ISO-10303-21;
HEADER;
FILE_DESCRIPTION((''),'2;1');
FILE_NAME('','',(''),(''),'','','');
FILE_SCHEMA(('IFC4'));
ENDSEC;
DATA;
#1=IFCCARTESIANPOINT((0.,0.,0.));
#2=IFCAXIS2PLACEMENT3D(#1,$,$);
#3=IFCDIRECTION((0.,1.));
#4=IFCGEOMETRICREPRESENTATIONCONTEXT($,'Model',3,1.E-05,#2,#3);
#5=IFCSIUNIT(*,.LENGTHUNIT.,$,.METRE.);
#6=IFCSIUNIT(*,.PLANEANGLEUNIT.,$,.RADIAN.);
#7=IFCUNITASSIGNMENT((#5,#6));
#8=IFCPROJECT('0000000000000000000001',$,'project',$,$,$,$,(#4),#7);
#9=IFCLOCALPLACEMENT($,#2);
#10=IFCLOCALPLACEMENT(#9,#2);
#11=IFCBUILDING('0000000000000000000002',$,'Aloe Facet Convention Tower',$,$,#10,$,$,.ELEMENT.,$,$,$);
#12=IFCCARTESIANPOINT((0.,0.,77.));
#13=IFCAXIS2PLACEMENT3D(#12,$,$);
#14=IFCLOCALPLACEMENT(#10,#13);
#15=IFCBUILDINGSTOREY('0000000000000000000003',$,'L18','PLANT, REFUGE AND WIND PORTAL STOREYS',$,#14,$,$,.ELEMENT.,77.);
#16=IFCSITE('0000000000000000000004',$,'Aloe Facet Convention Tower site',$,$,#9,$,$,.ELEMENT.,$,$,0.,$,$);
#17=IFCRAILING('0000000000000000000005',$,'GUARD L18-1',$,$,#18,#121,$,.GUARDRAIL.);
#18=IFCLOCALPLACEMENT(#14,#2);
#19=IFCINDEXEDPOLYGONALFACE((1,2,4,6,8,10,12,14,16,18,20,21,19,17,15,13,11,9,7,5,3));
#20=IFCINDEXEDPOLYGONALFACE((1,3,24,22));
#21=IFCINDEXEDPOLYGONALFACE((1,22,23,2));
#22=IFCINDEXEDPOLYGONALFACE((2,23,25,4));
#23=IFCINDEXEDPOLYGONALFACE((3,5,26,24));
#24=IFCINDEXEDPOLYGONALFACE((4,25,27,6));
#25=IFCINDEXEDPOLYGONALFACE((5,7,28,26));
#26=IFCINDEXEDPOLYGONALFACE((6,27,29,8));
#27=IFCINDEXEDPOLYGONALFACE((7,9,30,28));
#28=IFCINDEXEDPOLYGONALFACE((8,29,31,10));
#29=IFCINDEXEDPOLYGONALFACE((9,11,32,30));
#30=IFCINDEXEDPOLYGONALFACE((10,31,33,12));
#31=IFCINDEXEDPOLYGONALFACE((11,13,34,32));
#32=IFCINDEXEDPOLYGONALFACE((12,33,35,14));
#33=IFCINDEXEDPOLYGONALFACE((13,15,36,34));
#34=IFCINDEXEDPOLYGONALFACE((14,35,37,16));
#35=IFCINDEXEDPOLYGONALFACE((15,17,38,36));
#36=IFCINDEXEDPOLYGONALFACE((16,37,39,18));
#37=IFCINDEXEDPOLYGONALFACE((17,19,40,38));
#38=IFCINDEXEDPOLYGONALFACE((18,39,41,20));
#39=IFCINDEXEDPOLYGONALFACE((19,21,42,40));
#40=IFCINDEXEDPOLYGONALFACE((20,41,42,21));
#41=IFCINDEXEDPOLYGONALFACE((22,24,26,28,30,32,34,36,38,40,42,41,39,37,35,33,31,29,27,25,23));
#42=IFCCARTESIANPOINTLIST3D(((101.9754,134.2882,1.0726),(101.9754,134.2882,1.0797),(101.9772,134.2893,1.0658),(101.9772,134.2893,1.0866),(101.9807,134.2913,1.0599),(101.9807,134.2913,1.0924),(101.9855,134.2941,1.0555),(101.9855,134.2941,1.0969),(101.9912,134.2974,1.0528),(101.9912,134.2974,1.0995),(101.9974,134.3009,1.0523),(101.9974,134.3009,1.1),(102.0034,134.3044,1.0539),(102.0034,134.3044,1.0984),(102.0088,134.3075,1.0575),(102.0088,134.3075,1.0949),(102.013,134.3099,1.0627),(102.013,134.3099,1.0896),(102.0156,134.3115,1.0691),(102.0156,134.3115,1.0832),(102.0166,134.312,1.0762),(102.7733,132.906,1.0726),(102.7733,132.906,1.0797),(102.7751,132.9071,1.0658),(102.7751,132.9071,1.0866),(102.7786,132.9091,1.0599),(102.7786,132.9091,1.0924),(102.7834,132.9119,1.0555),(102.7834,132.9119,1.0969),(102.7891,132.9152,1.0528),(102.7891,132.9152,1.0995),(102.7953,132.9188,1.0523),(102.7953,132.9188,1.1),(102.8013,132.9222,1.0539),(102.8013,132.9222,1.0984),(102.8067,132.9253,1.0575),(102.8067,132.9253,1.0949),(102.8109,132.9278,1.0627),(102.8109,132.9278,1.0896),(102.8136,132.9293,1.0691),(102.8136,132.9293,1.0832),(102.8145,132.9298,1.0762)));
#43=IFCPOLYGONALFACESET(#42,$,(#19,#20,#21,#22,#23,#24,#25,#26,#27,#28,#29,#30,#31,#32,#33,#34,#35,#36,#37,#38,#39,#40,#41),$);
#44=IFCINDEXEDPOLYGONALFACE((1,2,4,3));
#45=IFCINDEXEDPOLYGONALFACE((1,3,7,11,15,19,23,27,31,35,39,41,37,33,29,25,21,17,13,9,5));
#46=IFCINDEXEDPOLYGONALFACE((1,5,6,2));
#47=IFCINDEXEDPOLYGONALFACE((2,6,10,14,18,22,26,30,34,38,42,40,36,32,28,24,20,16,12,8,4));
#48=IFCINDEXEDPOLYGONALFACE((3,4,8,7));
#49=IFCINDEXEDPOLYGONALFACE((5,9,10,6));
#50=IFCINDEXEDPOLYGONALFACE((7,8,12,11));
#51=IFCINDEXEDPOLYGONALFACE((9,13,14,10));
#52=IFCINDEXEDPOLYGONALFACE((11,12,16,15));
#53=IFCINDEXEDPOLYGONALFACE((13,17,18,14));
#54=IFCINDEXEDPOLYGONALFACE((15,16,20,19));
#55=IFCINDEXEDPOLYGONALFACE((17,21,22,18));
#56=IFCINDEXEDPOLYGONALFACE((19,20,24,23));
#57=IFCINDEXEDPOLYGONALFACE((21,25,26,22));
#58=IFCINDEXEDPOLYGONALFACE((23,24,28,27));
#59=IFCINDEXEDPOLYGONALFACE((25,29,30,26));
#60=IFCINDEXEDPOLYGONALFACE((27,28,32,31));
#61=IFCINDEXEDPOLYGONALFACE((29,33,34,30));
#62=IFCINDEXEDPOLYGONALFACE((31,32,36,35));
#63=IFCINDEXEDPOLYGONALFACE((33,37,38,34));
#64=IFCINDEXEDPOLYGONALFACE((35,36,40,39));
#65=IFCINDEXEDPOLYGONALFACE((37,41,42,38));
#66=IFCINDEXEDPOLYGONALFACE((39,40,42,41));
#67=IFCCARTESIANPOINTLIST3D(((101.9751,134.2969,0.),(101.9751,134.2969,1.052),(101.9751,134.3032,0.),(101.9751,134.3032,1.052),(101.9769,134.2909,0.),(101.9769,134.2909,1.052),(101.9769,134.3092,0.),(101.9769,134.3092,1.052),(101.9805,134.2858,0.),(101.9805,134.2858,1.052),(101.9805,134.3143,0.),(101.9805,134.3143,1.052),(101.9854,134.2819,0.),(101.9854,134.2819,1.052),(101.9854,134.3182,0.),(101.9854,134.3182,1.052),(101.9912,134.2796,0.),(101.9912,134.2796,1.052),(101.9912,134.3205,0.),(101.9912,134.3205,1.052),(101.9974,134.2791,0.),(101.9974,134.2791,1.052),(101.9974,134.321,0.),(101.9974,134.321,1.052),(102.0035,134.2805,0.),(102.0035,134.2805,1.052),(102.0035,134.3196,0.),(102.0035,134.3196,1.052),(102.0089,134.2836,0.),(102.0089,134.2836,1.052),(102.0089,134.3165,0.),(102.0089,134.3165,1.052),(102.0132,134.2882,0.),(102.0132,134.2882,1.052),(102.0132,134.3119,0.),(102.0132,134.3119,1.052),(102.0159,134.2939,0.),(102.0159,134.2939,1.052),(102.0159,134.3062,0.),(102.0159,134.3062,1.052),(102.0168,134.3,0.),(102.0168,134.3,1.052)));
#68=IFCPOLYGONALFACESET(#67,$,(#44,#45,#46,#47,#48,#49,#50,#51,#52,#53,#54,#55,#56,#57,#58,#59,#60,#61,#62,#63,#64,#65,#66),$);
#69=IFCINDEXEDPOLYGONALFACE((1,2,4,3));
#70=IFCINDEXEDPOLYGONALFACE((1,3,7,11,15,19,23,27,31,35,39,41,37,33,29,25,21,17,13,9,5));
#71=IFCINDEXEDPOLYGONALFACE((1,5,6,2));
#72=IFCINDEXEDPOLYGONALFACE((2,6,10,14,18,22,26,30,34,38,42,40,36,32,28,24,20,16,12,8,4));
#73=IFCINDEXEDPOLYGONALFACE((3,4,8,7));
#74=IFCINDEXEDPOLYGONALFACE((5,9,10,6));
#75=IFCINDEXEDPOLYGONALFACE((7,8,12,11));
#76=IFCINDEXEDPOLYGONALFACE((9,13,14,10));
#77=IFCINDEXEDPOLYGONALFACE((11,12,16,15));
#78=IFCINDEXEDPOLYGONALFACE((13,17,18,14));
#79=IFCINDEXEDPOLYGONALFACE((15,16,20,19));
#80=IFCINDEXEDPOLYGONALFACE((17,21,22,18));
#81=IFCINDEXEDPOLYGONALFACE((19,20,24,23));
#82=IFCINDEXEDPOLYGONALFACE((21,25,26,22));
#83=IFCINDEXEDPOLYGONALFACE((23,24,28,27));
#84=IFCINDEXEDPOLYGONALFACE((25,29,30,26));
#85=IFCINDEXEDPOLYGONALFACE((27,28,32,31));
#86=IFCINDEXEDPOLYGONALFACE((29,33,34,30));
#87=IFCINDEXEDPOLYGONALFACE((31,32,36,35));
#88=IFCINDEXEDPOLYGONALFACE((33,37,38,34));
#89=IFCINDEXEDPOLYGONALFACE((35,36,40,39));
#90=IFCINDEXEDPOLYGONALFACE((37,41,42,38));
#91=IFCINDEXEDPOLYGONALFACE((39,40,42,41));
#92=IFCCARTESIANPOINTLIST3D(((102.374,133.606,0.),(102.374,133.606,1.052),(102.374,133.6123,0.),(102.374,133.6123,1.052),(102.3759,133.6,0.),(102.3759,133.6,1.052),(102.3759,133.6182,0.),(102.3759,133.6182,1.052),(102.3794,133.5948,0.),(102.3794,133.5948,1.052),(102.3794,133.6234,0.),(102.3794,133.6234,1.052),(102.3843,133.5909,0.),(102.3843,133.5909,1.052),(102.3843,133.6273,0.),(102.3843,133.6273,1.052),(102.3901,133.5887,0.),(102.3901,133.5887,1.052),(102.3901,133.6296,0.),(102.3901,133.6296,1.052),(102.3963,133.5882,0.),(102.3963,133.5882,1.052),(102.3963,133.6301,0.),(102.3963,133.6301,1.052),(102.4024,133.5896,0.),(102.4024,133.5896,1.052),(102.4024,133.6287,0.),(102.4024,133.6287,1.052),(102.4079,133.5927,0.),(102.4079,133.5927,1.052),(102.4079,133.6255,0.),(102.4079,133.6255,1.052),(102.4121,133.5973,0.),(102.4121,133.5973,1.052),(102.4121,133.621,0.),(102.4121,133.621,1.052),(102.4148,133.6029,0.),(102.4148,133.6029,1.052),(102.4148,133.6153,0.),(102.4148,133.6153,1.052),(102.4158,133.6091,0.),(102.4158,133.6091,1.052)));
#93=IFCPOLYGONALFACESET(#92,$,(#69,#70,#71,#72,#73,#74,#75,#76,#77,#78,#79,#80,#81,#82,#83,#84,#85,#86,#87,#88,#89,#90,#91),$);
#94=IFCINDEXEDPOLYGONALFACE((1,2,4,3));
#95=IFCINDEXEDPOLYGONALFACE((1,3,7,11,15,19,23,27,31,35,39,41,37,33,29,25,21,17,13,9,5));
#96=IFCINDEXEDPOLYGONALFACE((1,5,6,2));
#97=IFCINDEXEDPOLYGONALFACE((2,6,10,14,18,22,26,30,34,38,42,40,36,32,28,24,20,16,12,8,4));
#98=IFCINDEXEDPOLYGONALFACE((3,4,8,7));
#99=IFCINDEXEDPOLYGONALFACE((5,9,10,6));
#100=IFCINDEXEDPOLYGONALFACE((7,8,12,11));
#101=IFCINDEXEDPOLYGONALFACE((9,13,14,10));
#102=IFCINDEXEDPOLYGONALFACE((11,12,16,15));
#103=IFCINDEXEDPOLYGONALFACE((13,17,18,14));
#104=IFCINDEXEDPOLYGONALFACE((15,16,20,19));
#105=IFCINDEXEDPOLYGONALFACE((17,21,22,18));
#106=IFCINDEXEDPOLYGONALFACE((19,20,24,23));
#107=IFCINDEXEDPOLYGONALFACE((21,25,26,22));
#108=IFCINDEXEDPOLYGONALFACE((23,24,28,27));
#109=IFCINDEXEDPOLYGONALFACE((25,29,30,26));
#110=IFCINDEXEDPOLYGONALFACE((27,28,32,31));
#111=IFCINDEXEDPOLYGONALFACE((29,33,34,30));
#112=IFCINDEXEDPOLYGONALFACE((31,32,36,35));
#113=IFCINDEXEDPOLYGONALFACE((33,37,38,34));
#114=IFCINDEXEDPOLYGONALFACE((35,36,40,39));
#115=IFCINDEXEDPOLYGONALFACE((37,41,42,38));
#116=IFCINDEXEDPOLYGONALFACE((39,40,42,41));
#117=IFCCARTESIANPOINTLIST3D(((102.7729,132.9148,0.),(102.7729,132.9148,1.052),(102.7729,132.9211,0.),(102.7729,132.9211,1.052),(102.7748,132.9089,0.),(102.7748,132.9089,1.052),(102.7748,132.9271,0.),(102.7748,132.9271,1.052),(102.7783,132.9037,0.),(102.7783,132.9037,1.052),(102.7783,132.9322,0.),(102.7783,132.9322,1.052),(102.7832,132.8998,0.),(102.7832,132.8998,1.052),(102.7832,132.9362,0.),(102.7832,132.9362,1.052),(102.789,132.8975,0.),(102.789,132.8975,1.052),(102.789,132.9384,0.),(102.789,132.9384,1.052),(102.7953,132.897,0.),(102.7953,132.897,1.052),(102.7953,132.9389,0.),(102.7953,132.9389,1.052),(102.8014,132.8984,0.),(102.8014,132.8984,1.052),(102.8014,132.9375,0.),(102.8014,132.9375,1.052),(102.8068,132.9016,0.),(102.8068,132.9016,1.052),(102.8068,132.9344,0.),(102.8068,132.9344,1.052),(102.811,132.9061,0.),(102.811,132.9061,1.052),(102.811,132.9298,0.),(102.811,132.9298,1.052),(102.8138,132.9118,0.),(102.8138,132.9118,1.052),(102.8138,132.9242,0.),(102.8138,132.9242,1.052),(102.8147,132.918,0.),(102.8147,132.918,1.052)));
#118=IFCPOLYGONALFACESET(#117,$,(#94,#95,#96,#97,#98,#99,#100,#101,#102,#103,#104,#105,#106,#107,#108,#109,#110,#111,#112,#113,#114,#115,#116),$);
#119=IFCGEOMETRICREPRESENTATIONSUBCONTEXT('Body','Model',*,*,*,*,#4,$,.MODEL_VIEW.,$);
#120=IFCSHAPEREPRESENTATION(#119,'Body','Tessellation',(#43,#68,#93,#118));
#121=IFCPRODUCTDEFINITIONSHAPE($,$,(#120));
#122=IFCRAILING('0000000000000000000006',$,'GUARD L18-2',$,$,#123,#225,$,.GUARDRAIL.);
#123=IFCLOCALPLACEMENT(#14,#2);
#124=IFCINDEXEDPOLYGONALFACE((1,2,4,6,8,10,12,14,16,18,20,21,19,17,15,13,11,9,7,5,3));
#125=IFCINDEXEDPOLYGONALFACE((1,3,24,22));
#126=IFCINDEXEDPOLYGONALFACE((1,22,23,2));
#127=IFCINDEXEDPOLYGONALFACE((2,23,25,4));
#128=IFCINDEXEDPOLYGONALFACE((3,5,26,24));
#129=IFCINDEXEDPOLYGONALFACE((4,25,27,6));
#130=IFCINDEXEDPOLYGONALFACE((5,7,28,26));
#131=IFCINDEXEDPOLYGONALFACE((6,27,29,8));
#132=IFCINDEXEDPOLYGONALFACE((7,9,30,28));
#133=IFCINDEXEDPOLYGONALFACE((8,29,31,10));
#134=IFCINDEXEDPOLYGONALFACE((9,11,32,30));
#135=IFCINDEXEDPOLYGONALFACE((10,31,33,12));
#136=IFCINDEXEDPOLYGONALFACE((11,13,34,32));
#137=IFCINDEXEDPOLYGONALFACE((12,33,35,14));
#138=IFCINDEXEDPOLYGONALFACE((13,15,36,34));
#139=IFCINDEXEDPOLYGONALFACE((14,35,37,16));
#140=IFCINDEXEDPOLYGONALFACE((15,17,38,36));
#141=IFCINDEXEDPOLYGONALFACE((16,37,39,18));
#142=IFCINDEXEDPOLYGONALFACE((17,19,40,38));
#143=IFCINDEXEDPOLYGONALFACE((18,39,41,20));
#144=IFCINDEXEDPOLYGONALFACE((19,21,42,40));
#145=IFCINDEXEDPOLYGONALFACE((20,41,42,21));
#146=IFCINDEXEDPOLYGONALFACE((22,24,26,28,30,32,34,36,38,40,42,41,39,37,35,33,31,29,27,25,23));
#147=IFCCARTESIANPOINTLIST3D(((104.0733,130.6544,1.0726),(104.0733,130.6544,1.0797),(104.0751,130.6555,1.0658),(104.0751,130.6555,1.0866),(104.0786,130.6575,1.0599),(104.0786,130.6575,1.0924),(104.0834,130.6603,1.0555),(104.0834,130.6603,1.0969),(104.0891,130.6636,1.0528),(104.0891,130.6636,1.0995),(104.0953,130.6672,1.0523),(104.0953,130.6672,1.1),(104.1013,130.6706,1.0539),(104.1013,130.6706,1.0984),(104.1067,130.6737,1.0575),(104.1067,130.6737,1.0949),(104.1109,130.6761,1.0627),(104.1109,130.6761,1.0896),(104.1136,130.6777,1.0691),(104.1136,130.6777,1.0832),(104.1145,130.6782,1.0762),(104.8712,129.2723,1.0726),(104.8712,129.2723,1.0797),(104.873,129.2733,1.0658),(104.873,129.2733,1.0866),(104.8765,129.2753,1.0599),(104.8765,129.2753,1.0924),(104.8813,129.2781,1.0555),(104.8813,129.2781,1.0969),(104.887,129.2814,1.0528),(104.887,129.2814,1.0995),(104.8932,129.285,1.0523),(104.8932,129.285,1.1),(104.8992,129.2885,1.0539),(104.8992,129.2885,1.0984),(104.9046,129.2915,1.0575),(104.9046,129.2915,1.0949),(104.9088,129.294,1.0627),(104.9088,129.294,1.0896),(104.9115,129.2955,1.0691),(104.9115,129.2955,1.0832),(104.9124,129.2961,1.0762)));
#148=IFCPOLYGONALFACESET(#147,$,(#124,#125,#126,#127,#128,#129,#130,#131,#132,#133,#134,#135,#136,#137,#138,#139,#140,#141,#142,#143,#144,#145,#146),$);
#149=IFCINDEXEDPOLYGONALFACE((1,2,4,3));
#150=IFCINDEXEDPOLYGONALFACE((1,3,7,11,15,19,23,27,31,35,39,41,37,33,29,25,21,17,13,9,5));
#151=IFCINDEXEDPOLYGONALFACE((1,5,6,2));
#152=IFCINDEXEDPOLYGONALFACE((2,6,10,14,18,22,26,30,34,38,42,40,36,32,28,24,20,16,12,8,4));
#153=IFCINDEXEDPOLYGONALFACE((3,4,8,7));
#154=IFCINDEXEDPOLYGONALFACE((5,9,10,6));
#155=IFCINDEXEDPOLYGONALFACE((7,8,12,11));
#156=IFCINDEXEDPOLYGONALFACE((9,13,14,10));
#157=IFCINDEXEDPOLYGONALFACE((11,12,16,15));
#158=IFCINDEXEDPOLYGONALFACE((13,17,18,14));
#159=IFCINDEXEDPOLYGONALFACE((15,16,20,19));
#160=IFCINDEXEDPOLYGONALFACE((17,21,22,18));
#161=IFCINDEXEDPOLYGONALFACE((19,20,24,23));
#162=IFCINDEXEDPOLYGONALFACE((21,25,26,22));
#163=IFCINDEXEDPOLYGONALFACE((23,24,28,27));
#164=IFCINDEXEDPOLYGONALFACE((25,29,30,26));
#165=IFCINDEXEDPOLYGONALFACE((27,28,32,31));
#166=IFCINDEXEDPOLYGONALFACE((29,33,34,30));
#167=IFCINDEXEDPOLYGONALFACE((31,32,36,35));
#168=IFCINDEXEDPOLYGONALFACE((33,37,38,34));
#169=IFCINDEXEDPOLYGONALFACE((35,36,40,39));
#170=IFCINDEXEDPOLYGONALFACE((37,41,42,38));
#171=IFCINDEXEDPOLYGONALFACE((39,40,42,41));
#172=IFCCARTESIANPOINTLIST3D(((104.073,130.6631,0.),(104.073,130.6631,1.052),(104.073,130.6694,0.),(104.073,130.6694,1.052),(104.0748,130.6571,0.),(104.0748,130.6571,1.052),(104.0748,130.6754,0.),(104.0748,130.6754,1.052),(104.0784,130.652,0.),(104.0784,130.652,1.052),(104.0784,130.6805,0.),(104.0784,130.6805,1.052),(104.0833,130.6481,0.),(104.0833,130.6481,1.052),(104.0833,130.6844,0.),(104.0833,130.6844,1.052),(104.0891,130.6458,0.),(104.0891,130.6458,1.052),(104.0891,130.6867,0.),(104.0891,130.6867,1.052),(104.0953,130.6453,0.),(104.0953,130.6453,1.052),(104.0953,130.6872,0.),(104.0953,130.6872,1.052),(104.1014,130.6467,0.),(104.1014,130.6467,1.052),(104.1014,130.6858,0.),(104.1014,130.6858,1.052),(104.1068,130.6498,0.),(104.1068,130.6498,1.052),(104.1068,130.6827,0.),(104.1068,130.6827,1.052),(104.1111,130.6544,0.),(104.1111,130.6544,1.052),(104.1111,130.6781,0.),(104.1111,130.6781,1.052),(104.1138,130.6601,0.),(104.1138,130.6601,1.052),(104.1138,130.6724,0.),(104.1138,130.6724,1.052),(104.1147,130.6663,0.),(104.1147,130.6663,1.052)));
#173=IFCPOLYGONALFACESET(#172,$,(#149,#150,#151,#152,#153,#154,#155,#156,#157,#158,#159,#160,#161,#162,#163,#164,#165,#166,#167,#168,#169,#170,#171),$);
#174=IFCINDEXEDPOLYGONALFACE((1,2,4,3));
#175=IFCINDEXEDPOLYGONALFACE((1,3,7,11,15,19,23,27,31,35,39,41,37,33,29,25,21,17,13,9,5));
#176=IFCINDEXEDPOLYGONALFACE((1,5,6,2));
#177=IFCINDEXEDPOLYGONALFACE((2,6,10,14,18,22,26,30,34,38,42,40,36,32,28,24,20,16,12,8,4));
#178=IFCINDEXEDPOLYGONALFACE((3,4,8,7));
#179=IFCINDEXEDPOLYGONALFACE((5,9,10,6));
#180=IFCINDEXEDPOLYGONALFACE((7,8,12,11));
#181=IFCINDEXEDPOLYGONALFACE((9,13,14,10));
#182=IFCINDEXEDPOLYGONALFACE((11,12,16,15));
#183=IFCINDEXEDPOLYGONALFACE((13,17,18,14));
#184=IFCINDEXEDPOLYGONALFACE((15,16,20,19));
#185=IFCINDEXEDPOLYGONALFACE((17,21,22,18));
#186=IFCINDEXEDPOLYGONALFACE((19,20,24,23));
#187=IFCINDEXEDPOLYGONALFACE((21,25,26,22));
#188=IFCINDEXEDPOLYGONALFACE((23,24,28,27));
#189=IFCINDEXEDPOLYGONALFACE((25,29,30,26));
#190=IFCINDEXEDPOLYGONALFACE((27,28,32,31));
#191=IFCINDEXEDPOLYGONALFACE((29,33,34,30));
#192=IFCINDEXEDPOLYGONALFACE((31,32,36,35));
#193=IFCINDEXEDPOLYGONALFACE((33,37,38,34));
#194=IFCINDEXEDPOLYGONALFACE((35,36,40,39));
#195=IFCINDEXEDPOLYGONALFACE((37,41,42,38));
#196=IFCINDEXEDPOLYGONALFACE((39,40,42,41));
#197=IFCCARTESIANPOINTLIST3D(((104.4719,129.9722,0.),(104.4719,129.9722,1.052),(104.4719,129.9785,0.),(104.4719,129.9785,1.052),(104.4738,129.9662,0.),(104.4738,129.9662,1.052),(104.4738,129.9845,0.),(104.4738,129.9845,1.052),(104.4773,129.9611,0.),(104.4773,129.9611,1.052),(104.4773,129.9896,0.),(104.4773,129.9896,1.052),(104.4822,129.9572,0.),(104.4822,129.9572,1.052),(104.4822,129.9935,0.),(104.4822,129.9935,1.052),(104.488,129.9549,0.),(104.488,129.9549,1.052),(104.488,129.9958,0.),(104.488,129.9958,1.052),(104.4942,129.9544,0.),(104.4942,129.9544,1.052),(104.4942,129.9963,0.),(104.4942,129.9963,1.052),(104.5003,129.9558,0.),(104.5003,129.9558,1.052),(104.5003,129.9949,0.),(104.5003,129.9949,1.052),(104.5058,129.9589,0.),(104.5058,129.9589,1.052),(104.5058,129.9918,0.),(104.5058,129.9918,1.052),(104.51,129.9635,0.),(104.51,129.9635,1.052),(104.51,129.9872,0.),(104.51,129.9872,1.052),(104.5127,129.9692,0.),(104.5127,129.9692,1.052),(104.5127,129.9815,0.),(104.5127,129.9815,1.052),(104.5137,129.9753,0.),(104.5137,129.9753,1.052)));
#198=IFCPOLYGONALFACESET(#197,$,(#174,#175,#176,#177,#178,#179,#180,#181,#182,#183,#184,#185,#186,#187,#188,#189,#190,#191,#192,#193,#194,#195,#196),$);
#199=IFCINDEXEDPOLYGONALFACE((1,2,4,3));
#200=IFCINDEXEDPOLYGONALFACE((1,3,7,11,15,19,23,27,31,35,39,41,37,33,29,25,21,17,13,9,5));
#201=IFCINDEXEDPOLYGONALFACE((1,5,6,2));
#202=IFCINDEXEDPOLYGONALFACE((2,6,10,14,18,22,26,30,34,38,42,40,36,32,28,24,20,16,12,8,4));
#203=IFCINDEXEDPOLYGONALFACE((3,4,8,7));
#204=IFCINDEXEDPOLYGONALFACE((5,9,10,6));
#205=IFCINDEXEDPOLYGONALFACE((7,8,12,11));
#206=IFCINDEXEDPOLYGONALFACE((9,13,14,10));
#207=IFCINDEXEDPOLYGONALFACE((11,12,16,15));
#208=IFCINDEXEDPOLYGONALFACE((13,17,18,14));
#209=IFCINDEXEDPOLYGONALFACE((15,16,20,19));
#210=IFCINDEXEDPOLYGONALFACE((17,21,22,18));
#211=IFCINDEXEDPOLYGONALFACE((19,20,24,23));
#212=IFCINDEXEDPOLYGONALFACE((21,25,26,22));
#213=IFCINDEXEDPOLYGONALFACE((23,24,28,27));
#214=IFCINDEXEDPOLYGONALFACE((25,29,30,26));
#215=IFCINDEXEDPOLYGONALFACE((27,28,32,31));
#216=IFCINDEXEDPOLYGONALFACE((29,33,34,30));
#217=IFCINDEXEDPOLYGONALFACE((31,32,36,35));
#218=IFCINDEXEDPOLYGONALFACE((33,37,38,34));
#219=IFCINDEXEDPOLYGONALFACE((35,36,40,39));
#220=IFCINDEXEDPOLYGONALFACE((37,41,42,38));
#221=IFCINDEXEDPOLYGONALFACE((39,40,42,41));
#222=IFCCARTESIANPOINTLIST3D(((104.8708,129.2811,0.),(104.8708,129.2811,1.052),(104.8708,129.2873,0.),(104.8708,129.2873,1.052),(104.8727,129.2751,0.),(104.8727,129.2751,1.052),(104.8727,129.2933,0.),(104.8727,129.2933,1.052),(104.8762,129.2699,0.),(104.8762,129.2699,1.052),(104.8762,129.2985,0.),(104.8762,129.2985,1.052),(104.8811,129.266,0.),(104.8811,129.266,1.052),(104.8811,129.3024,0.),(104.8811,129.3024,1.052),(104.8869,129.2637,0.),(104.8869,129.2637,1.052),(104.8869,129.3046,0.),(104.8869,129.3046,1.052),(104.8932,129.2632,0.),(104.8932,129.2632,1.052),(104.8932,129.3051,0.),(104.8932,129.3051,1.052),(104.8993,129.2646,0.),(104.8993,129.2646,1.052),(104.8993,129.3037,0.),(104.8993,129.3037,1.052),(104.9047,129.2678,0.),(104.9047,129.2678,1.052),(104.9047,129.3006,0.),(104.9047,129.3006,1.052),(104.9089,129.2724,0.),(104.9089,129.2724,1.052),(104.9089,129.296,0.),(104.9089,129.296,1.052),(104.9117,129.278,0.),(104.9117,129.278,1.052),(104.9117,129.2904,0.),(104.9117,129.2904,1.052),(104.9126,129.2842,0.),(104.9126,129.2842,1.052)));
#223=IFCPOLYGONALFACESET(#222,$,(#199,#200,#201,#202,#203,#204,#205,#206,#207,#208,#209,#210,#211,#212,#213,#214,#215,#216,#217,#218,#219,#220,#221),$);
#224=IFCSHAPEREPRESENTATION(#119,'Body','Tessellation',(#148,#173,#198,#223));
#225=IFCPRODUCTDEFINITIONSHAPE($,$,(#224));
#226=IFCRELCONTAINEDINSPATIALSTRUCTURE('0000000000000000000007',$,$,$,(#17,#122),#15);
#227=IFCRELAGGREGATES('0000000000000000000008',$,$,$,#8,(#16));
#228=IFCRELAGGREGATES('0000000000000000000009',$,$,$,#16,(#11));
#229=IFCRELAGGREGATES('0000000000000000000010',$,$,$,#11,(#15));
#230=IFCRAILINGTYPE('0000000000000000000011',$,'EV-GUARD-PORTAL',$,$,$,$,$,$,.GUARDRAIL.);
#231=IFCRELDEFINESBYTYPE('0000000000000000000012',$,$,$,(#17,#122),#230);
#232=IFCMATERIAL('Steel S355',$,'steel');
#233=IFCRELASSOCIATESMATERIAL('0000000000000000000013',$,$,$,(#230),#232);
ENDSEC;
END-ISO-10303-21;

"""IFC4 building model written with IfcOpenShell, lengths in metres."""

from ifc_helpers import new_model, si_unit, direction, frame, origin, origin_2d, place, context, subcontext, project, spatial, circle, extrude, material, type_object, element, save


model = new_model("IFC4")

# Units and contexts
model_context = context("Model", 3, precision=1e-05, world=origin(), true_north=direction((0.0, 1.0)))
body_context = subcontext(model_context, "Body", "Model", "MODEL_VIEW")
ifc_project = project(units=[si_unit("LENGTHUNIT", "METRE"), si_unit("PLANEANGLEUNIT", "RADIAN")], contexts=[model_context])

# Site, building, storey
site_placement = place(None, origin())
site = spatial("IfcSite", under=ifc_project, at=site_placement, Name="Aloe Facet Convention Tower site", CompositionType="ELEMENT", RefElevation=0.0)
building_placement = place(site_placement, origin())
building = spatial("IfcBuilding", under=site, at=building_placement, Name="Aloe Facet Convention Tower", CompositionType="ELEMENT")
storey_placement = place(building_placement, frame((0.0, 0.0, 77.0)))
storey = spatial("IfcBuildingStorey", under=building, at=storey_placement, Name="L18", Description="PLANT, REFUGE AND WIND PORTAL STOREYS", CompositionType="ELEMENT", Elevation=77.0)

# Railings
ifc_material_1 = material(Name="Steel S355", Category="steel")
railing_type = type_object("IfcRailingType", Name="EV-GUARD-PORTAL", PredefinedType="GUARDRAIL", material=ifc_material_1)
for number, where, name in (
    (1, (101.9958, 134.3, 0.0), "GUARD L18-1"),
    (2, (104.0938, 130.6663, 0.0), "GUARD L18-2"),
):
    element("IfcRailing", number, at=place(storey_placement, frame(where)), inside=storey, type_object=railing_type, Name=name, PredefinedType="GUARDRAIL", context=body_context, shape_type="SweptSolid", body=[
        extrude(circle(Radius=0.0239, at=origin_2d()), frame((0.0, 0.0, 1.0762), z_axis=(0.499956, -0.866051, 0.0), x_axis=(0.866051, 0.499956, 0.0)), (0.0, 0.0, 1.0), 1.5959),
        extrude(circle(Radius=0.021, at=origin_2d()), origin(), (0.0, 0.0, 1.0), 1.052),
        extrude(circle(Radius=0.021, at=origin_2d()), frame((0.3989, -0.6909, 0.0)), (0.0, 0.0, 1.0), 1.052),
        extrude(circle(Radius=0.021, at=origin_2d()), frame((0.7979, -1.3821, 0.0)), (0.0, 0.0, 1.0), 1.052),
    ])

save(model, "model.ifc")
